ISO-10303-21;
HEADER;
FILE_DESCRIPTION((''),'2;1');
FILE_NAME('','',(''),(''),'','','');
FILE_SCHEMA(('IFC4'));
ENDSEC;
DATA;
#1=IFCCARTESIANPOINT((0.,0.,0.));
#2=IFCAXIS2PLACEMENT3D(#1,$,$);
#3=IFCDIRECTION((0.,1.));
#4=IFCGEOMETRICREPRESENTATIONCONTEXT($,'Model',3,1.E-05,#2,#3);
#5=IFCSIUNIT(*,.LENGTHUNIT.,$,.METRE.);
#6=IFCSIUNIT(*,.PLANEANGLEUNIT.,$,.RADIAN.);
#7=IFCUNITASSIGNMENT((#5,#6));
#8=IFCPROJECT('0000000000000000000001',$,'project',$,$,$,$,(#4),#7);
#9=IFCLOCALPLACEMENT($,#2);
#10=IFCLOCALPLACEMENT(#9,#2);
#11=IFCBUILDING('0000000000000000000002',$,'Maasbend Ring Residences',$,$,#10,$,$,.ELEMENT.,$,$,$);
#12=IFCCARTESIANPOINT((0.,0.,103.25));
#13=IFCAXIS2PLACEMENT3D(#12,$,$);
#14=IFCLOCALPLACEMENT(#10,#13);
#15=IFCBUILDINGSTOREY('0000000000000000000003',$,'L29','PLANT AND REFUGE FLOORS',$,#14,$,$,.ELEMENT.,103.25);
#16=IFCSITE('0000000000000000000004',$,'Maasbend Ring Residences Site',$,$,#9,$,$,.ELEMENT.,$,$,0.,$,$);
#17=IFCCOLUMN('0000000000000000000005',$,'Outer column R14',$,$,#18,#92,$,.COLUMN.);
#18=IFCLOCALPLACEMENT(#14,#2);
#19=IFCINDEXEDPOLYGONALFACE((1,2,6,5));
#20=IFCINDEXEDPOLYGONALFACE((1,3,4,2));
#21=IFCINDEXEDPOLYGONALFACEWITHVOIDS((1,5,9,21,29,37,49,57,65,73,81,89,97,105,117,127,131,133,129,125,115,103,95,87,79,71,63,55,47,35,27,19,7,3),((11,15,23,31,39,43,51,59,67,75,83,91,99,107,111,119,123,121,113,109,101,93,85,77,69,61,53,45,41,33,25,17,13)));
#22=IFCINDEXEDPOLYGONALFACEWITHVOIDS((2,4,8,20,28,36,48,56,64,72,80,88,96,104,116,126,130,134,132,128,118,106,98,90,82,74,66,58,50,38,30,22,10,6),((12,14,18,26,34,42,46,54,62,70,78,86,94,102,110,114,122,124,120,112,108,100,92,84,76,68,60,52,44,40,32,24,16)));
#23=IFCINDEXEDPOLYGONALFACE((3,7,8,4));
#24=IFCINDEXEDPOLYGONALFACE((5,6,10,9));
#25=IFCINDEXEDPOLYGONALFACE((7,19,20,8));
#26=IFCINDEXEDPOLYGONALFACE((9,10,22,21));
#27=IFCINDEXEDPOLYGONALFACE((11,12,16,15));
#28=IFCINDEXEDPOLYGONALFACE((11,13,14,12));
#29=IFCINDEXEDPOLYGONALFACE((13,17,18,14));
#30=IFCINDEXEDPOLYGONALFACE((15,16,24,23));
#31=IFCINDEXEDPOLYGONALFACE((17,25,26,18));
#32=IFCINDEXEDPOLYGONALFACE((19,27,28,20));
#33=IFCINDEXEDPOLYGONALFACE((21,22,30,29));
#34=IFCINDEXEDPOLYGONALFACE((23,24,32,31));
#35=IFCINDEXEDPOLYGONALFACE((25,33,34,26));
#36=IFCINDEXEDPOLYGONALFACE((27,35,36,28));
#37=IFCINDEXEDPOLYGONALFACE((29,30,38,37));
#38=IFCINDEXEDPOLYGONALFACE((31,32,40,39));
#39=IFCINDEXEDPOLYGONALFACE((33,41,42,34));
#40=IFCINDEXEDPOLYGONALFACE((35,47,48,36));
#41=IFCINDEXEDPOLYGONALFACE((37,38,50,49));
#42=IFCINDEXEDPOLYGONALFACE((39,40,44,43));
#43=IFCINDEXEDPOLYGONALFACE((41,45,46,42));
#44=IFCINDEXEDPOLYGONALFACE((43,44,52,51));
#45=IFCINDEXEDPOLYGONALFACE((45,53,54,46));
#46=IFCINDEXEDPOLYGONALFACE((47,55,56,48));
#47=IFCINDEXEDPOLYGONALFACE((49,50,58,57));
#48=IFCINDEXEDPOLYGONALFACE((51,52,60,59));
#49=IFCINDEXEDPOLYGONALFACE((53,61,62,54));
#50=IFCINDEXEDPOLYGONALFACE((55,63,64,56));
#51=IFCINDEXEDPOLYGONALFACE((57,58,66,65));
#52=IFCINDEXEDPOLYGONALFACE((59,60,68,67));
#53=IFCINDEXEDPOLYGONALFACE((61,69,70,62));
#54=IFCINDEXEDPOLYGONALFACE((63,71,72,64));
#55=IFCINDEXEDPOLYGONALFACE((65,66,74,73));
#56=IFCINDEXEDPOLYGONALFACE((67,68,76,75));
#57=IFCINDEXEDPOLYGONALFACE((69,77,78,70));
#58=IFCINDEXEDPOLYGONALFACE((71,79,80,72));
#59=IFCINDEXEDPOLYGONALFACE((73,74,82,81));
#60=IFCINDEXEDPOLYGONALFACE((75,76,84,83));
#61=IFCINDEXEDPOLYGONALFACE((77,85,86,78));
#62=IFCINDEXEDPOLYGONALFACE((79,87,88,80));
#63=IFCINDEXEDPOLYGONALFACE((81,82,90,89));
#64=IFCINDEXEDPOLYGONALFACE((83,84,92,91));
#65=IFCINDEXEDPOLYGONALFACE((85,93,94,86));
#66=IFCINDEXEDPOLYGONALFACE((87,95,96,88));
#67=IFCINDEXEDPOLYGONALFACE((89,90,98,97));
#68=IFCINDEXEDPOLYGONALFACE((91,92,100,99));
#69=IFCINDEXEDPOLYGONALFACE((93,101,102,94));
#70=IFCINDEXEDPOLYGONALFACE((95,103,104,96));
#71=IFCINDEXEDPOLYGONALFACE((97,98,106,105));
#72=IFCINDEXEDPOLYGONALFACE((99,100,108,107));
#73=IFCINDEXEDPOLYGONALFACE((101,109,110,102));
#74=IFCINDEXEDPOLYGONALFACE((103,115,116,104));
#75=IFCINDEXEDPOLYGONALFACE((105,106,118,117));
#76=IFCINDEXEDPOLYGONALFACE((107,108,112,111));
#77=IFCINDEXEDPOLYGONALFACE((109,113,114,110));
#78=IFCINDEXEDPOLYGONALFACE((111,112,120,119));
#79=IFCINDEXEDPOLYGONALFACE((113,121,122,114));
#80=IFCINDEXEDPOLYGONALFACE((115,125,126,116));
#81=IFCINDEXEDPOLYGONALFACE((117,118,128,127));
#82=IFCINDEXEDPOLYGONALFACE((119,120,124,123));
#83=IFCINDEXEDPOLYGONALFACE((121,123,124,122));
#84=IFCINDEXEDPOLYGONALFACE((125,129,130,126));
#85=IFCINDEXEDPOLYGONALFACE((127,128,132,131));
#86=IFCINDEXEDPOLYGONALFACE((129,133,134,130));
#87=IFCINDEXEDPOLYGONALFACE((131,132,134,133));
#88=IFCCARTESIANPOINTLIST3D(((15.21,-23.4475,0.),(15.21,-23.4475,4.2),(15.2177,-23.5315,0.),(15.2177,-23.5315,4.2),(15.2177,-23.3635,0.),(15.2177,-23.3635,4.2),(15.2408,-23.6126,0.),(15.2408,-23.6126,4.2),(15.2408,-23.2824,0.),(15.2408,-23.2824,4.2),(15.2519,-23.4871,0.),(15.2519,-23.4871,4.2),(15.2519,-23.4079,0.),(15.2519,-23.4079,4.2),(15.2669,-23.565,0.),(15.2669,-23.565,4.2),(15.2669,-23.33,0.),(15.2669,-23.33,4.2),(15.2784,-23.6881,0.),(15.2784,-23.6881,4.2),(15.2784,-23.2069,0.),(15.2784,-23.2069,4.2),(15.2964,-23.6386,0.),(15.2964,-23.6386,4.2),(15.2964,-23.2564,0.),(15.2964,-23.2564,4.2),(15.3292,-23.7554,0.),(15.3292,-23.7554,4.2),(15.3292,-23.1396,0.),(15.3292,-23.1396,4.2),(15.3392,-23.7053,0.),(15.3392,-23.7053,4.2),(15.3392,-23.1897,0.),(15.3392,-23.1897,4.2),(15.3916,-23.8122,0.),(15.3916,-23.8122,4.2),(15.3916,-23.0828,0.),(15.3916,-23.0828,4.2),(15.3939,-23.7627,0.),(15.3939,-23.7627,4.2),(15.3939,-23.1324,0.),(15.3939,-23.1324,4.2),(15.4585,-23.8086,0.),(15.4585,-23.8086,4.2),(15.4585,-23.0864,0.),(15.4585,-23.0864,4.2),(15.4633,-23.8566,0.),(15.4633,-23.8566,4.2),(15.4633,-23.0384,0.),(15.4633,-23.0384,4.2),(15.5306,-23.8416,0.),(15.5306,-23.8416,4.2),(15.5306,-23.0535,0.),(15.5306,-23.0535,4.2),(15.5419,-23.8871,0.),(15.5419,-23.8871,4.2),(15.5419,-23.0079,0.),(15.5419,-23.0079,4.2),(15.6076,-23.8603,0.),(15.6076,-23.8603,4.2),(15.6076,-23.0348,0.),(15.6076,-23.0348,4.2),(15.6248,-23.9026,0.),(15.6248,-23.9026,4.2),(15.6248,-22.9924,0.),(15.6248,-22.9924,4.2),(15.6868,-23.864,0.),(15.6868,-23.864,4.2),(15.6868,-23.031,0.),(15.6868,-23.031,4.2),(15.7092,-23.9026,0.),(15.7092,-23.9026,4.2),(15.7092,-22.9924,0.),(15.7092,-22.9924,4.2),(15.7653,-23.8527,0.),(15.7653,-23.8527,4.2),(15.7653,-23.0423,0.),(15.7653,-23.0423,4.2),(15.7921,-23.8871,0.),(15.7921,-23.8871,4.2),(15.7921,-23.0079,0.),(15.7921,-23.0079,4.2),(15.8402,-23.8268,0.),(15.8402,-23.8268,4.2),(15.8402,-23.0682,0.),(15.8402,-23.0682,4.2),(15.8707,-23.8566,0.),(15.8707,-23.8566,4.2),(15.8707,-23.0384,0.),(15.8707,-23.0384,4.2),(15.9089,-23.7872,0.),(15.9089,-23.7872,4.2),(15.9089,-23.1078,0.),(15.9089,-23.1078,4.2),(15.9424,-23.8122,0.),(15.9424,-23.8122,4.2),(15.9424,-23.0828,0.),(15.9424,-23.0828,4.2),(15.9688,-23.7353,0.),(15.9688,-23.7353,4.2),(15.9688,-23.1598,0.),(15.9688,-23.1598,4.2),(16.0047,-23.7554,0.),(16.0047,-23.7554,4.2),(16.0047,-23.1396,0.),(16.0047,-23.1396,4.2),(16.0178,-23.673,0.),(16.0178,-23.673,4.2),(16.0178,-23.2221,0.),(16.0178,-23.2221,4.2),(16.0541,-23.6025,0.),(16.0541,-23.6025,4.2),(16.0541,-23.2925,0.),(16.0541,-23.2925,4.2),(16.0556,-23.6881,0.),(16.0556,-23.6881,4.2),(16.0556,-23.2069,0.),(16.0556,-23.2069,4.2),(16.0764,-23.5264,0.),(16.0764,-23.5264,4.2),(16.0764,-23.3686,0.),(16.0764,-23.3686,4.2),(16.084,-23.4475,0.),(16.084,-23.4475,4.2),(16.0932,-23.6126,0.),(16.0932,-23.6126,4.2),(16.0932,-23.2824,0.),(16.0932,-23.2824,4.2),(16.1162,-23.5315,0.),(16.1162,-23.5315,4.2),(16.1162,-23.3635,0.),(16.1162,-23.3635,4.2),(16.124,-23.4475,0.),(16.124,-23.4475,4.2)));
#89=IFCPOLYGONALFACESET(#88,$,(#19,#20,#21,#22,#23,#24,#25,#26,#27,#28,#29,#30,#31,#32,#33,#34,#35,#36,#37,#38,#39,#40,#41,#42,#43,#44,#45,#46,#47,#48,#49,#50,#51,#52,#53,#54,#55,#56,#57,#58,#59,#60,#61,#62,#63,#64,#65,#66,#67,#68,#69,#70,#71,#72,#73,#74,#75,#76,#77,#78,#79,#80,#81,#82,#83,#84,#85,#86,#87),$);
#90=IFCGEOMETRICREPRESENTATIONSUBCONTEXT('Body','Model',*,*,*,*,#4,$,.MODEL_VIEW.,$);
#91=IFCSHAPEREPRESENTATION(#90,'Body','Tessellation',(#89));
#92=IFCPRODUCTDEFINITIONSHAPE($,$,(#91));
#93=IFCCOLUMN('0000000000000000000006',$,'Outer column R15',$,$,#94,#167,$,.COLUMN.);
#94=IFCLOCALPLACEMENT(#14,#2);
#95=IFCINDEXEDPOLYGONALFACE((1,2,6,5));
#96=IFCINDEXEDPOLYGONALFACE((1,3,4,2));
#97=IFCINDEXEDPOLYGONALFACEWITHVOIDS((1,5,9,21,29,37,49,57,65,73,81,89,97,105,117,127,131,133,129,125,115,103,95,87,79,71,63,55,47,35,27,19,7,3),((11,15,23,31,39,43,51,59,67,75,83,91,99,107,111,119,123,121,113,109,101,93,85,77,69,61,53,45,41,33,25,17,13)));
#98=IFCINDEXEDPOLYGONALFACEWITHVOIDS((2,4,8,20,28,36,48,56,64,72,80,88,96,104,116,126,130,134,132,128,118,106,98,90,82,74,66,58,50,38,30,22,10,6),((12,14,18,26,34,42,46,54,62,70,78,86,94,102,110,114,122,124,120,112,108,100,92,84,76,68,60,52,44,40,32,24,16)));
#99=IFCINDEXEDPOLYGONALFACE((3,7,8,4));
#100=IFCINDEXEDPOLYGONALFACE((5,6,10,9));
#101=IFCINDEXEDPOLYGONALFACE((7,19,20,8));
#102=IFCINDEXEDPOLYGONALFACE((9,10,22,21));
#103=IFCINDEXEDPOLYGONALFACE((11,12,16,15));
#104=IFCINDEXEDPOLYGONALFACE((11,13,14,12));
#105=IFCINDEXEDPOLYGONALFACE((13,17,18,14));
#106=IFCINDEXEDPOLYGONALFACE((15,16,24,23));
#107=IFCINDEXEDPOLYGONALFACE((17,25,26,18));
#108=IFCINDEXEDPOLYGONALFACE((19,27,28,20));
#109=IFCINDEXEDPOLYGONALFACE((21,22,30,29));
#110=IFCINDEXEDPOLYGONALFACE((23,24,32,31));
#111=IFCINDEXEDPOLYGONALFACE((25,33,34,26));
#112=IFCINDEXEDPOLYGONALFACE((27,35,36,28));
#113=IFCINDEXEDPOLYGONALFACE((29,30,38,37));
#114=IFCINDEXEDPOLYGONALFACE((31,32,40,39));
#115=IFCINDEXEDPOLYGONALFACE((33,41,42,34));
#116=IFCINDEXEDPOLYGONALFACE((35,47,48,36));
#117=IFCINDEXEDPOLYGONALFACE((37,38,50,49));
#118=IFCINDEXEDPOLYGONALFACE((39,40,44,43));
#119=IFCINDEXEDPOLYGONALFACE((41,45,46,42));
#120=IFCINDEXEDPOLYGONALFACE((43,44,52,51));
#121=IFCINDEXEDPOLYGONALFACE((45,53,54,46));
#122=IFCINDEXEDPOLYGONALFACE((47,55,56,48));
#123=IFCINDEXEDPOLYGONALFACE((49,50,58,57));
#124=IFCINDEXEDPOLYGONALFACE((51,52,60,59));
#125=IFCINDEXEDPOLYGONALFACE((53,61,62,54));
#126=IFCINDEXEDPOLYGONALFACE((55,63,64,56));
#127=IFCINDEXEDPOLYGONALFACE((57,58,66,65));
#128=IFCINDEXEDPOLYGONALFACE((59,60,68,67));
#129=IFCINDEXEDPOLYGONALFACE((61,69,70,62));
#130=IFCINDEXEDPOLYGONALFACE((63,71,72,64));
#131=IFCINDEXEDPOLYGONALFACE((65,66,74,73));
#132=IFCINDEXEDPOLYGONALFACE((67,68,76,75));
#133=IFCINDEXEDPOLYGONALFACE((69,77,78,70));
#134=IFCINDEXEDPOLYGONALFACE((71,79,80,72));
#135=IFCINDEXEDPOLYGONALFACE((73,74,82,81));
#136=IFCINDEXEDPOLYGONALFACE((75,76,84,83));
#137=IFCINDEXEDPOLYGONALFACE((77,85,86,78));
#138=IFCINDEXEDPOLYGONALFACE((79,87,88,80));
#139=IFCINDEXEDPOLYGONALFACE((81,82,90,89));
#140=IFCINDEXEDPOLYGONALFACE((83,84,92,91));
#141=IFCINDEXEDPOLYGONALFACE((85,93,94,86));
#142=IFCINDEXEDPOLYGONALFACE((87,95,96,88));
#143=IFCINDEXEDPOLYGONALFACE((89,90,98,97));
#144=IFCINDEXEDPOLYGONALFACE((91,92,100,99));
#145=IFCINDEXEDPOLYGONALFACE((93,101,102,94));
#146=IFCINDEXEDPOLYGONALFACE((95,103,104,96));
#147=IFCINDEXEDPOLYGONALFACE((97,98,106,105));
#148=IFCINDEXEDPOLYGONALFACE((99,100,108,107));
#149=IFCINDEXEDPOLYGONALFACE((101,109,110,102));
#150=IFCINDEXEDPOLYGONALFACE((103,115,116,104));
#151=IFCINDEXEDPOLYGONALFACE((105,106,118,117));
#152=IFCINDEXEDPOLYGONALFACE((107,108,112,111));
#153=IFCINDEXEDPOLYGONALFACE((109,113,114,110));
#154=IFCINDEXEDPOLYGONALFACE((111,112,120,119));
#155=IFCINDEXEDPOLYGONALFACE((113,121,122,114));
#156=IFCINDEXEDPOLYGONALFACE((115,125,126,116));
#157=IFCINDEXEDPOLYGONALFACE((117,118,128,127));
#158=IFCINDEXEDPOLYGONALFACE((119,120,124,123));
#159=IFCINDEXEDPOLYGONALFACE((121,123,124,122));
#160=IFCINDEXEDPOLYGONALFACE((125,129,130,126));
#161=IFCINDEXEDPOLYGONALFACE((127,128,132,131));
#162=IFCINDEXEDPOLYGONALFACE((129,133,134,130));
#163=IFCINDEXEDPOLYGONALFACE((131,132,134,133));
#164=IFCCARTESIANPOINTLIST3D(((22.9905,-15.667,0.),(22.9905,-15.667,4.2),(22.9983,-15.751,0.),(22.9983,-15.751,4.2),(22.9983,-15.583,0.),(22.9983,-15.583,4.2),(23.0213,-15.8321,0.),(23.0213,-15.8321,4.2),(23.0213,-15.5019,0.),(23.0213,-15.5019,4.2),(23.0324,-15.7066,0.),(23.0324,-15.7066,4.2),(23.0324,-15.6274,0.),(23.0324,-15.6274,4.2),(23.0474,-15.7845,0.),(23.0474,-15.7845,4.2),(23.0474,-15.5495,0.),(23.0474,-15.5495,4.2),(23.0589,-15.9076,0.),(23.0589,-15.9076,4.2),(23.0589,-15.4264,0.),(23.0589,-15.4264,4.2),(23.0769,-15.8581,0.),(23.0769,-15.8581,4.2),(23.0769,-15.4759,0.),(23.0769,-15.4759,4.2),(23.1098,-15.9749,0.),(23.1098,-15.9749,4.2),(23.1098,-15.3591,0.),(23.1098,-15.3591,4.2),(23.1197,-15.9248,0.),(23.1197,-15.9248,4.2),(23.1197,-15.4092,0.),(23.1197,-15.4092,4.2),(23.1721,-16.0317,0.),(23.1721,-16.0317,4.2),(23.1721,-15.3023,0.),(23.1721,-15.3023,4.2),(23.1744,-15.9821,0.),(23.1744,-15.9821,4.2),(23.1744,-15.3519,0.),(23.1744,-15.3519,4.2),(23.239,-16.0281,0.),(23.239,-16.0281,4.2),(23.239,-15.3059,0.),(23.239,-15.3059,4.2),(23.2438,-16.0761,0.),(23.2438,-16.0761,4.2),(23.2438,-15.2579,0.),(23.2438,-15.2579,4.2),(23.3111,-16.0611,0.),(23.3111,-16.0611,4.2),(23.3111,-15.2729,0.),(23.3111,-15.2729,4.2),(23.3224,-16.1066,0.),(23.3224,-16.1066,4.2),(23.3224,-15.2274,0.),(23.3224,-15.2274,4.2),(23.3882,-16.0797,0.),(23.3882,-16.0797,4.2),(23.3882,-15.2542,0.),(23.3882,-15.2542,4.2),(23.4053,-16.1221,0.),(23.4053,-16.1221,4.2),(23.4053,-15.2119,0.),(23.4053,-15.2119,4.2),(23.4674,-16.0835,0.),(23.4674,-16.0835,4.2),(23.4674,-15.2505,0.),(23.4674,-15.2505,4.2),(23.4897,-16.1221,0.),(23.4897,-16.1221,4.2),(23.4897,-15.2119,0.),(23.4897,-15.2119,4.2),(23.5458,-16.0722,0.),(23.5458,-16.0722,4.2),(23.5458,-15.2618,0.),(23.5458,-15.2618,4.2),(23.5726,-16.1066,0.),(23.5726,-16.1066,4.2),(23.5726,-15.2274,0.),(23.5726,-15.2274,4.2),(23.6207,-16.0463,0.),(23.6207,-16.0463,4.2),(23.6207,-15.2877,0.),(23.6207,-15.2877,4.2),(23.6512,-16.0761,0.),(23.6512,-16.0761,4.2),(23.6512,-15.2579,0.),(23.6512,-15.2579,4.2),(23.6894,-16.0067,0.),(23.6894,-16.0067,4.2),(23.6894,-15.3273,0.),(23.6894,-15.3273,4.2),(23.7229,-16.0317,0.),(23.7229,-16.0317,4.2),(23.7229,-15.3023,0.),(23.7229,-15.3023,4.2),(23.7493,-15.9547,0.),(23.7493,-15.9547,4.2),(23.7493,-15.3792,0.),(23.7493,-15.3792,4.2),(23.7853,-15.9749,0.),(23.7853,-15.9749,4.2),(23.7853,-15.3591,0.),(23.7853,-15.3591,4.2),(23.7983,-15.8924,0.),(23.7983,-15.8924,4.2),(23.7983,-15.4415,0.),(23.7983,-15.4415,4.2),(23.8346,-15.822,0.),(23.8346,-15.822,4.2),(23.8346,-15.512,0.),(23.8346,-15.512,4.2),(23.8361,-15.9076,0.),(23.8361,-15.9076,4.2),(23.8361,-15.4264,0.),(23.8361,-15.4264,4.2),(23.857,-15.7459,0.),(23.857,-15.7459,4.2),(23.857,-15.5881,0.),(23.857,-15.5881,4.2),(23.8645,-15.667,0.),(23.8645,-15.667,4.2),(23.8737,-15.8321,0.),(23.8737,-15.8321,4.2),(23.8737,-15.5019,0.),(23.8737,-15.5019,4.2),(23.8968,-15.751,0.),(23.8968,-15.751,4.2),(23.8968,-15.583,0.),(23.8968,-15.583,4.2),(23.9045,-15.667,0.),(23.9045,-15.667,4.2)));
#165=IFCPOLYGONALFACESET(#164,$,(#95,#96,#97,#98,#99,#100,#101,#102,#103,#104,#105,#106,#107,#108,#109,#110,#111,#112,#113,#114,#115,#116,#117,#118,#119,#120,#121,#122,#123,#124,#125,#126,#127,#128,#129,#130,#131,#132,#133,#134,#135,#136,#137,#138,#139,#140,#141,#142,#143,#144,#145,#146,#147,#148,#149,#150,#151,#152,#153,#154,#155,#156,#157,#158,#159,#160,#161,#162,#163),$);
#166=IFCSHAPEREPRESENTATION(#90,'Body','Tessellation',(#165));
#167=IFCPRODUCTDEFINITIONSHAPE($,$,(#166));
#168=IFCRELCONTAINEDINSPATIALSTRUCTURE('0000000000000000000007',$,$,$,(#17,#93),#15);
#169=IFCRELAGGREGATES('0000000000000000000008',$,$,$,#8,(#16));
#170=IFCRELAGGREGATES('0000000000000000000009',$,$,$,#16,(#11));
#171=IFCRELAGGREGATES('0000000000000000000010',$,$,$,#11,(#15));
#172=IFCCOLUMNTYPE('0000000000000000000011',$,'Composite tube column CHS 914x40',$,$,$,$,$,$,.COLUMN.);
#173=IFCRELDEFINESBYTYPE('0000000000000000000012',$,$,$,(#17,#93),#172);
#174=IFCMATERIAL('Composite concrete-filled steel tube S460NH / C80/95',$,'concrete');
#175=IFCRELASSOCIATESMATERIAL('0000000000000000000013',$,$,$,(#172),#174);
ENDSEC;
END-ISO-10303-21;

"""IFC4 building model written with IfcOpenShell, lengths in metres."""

from ifc_helpers import new_model, si_unit, direction, frame, origin, origin_2d, place, context, subcontext, project, spatial, hollow_circle, extrude, material, material_profile, profile_set, type_object, element, save


model = new_model("IFC4")

# Units and contexts
model_context = context("Model", 3, precision=1e-05, world=origin(), true_north=direction((0.0, 1.0)))
body_context = subcontext(model_context, "Body", "Model", "MODEL_VIEW")
ifc_project = project(units=[si_unit("LENGTHUNIT", "METRE"), si_unit("PLANEANGLEUNIT", "RADIAN")], contexts=[model_context])

# Site, building, storey
site_placement = place(None, origin())
site = spatial("IfcSite", under=ifc_project, at=site_placement, Name="Maasbend Ring Residences Site", CompositionType="ELEMENT", RefElevation=0.0)
building_placement = place(site_placement, origin())
building = spatial("IfcBuilding", under=site, at=building_placement, Name="Maasbend Ring Residences", CompositionType="ELEMENT")
storey_placement = place(building_placement, frame((0.0, 0.0, 103.25)))
storey = spatial("IfcBuildingStorey", under=building, at=storey_placement, Name="L29", Description="PLANT AND REFUGE FLOORS", CompositionType="ELEMENT", Elevation=103.25)

# Columns
ifc_material_1 = material(Name="Composite concrete-filled steel tube S460NH / C80/95", Category="concrete")
ifc_material_profile_1 = material_profile(ifc_material_1, hollow_circle(Radius=0.457, WallThickness=0.04, at=origin_2d()), Name="Composite tube column CHS 914x40")
ifc_profile_set_1 = profile_set([ifc_material_profile_1], Name="Composite concrete-filled steel tube S460NH / C80/95")
column_type_1 = type_object("IfcColumnType", Name="Composite tube column CHS 914x40", PredefinedType="COLUMN", material=ifc_profile_set_1)
for number, where, z_axis, x_axis, name in (
    (1, (15.667, -23.4475, 0.0), (0.0, 0.0, 1.0), (1.0, 0.0, 0.0), "Outer column R14"),
    (2, (23.4475, -15.667, 0.0), (0.0, 0.0, 1.0), (1.0, 0.0, 0.0), "Outer column R15"),
):
    element("IfcColumn", number, at=place(storey_placement, frame(where, z_axis=z_axis, x_axis=x_axis)), inside=storey, type_object=column_type_1, Name=name, PredefinedType="COLUMN", context=body_context, shape_type="SweptSolid", body=[
        extrude(hollow_circle(Radius=0.457, WallThickness=0.04, at=origin_2d()), origin(), (0.0, 0.0, 1.0), 4.2),
    ])

save(model, "model.ifc")
